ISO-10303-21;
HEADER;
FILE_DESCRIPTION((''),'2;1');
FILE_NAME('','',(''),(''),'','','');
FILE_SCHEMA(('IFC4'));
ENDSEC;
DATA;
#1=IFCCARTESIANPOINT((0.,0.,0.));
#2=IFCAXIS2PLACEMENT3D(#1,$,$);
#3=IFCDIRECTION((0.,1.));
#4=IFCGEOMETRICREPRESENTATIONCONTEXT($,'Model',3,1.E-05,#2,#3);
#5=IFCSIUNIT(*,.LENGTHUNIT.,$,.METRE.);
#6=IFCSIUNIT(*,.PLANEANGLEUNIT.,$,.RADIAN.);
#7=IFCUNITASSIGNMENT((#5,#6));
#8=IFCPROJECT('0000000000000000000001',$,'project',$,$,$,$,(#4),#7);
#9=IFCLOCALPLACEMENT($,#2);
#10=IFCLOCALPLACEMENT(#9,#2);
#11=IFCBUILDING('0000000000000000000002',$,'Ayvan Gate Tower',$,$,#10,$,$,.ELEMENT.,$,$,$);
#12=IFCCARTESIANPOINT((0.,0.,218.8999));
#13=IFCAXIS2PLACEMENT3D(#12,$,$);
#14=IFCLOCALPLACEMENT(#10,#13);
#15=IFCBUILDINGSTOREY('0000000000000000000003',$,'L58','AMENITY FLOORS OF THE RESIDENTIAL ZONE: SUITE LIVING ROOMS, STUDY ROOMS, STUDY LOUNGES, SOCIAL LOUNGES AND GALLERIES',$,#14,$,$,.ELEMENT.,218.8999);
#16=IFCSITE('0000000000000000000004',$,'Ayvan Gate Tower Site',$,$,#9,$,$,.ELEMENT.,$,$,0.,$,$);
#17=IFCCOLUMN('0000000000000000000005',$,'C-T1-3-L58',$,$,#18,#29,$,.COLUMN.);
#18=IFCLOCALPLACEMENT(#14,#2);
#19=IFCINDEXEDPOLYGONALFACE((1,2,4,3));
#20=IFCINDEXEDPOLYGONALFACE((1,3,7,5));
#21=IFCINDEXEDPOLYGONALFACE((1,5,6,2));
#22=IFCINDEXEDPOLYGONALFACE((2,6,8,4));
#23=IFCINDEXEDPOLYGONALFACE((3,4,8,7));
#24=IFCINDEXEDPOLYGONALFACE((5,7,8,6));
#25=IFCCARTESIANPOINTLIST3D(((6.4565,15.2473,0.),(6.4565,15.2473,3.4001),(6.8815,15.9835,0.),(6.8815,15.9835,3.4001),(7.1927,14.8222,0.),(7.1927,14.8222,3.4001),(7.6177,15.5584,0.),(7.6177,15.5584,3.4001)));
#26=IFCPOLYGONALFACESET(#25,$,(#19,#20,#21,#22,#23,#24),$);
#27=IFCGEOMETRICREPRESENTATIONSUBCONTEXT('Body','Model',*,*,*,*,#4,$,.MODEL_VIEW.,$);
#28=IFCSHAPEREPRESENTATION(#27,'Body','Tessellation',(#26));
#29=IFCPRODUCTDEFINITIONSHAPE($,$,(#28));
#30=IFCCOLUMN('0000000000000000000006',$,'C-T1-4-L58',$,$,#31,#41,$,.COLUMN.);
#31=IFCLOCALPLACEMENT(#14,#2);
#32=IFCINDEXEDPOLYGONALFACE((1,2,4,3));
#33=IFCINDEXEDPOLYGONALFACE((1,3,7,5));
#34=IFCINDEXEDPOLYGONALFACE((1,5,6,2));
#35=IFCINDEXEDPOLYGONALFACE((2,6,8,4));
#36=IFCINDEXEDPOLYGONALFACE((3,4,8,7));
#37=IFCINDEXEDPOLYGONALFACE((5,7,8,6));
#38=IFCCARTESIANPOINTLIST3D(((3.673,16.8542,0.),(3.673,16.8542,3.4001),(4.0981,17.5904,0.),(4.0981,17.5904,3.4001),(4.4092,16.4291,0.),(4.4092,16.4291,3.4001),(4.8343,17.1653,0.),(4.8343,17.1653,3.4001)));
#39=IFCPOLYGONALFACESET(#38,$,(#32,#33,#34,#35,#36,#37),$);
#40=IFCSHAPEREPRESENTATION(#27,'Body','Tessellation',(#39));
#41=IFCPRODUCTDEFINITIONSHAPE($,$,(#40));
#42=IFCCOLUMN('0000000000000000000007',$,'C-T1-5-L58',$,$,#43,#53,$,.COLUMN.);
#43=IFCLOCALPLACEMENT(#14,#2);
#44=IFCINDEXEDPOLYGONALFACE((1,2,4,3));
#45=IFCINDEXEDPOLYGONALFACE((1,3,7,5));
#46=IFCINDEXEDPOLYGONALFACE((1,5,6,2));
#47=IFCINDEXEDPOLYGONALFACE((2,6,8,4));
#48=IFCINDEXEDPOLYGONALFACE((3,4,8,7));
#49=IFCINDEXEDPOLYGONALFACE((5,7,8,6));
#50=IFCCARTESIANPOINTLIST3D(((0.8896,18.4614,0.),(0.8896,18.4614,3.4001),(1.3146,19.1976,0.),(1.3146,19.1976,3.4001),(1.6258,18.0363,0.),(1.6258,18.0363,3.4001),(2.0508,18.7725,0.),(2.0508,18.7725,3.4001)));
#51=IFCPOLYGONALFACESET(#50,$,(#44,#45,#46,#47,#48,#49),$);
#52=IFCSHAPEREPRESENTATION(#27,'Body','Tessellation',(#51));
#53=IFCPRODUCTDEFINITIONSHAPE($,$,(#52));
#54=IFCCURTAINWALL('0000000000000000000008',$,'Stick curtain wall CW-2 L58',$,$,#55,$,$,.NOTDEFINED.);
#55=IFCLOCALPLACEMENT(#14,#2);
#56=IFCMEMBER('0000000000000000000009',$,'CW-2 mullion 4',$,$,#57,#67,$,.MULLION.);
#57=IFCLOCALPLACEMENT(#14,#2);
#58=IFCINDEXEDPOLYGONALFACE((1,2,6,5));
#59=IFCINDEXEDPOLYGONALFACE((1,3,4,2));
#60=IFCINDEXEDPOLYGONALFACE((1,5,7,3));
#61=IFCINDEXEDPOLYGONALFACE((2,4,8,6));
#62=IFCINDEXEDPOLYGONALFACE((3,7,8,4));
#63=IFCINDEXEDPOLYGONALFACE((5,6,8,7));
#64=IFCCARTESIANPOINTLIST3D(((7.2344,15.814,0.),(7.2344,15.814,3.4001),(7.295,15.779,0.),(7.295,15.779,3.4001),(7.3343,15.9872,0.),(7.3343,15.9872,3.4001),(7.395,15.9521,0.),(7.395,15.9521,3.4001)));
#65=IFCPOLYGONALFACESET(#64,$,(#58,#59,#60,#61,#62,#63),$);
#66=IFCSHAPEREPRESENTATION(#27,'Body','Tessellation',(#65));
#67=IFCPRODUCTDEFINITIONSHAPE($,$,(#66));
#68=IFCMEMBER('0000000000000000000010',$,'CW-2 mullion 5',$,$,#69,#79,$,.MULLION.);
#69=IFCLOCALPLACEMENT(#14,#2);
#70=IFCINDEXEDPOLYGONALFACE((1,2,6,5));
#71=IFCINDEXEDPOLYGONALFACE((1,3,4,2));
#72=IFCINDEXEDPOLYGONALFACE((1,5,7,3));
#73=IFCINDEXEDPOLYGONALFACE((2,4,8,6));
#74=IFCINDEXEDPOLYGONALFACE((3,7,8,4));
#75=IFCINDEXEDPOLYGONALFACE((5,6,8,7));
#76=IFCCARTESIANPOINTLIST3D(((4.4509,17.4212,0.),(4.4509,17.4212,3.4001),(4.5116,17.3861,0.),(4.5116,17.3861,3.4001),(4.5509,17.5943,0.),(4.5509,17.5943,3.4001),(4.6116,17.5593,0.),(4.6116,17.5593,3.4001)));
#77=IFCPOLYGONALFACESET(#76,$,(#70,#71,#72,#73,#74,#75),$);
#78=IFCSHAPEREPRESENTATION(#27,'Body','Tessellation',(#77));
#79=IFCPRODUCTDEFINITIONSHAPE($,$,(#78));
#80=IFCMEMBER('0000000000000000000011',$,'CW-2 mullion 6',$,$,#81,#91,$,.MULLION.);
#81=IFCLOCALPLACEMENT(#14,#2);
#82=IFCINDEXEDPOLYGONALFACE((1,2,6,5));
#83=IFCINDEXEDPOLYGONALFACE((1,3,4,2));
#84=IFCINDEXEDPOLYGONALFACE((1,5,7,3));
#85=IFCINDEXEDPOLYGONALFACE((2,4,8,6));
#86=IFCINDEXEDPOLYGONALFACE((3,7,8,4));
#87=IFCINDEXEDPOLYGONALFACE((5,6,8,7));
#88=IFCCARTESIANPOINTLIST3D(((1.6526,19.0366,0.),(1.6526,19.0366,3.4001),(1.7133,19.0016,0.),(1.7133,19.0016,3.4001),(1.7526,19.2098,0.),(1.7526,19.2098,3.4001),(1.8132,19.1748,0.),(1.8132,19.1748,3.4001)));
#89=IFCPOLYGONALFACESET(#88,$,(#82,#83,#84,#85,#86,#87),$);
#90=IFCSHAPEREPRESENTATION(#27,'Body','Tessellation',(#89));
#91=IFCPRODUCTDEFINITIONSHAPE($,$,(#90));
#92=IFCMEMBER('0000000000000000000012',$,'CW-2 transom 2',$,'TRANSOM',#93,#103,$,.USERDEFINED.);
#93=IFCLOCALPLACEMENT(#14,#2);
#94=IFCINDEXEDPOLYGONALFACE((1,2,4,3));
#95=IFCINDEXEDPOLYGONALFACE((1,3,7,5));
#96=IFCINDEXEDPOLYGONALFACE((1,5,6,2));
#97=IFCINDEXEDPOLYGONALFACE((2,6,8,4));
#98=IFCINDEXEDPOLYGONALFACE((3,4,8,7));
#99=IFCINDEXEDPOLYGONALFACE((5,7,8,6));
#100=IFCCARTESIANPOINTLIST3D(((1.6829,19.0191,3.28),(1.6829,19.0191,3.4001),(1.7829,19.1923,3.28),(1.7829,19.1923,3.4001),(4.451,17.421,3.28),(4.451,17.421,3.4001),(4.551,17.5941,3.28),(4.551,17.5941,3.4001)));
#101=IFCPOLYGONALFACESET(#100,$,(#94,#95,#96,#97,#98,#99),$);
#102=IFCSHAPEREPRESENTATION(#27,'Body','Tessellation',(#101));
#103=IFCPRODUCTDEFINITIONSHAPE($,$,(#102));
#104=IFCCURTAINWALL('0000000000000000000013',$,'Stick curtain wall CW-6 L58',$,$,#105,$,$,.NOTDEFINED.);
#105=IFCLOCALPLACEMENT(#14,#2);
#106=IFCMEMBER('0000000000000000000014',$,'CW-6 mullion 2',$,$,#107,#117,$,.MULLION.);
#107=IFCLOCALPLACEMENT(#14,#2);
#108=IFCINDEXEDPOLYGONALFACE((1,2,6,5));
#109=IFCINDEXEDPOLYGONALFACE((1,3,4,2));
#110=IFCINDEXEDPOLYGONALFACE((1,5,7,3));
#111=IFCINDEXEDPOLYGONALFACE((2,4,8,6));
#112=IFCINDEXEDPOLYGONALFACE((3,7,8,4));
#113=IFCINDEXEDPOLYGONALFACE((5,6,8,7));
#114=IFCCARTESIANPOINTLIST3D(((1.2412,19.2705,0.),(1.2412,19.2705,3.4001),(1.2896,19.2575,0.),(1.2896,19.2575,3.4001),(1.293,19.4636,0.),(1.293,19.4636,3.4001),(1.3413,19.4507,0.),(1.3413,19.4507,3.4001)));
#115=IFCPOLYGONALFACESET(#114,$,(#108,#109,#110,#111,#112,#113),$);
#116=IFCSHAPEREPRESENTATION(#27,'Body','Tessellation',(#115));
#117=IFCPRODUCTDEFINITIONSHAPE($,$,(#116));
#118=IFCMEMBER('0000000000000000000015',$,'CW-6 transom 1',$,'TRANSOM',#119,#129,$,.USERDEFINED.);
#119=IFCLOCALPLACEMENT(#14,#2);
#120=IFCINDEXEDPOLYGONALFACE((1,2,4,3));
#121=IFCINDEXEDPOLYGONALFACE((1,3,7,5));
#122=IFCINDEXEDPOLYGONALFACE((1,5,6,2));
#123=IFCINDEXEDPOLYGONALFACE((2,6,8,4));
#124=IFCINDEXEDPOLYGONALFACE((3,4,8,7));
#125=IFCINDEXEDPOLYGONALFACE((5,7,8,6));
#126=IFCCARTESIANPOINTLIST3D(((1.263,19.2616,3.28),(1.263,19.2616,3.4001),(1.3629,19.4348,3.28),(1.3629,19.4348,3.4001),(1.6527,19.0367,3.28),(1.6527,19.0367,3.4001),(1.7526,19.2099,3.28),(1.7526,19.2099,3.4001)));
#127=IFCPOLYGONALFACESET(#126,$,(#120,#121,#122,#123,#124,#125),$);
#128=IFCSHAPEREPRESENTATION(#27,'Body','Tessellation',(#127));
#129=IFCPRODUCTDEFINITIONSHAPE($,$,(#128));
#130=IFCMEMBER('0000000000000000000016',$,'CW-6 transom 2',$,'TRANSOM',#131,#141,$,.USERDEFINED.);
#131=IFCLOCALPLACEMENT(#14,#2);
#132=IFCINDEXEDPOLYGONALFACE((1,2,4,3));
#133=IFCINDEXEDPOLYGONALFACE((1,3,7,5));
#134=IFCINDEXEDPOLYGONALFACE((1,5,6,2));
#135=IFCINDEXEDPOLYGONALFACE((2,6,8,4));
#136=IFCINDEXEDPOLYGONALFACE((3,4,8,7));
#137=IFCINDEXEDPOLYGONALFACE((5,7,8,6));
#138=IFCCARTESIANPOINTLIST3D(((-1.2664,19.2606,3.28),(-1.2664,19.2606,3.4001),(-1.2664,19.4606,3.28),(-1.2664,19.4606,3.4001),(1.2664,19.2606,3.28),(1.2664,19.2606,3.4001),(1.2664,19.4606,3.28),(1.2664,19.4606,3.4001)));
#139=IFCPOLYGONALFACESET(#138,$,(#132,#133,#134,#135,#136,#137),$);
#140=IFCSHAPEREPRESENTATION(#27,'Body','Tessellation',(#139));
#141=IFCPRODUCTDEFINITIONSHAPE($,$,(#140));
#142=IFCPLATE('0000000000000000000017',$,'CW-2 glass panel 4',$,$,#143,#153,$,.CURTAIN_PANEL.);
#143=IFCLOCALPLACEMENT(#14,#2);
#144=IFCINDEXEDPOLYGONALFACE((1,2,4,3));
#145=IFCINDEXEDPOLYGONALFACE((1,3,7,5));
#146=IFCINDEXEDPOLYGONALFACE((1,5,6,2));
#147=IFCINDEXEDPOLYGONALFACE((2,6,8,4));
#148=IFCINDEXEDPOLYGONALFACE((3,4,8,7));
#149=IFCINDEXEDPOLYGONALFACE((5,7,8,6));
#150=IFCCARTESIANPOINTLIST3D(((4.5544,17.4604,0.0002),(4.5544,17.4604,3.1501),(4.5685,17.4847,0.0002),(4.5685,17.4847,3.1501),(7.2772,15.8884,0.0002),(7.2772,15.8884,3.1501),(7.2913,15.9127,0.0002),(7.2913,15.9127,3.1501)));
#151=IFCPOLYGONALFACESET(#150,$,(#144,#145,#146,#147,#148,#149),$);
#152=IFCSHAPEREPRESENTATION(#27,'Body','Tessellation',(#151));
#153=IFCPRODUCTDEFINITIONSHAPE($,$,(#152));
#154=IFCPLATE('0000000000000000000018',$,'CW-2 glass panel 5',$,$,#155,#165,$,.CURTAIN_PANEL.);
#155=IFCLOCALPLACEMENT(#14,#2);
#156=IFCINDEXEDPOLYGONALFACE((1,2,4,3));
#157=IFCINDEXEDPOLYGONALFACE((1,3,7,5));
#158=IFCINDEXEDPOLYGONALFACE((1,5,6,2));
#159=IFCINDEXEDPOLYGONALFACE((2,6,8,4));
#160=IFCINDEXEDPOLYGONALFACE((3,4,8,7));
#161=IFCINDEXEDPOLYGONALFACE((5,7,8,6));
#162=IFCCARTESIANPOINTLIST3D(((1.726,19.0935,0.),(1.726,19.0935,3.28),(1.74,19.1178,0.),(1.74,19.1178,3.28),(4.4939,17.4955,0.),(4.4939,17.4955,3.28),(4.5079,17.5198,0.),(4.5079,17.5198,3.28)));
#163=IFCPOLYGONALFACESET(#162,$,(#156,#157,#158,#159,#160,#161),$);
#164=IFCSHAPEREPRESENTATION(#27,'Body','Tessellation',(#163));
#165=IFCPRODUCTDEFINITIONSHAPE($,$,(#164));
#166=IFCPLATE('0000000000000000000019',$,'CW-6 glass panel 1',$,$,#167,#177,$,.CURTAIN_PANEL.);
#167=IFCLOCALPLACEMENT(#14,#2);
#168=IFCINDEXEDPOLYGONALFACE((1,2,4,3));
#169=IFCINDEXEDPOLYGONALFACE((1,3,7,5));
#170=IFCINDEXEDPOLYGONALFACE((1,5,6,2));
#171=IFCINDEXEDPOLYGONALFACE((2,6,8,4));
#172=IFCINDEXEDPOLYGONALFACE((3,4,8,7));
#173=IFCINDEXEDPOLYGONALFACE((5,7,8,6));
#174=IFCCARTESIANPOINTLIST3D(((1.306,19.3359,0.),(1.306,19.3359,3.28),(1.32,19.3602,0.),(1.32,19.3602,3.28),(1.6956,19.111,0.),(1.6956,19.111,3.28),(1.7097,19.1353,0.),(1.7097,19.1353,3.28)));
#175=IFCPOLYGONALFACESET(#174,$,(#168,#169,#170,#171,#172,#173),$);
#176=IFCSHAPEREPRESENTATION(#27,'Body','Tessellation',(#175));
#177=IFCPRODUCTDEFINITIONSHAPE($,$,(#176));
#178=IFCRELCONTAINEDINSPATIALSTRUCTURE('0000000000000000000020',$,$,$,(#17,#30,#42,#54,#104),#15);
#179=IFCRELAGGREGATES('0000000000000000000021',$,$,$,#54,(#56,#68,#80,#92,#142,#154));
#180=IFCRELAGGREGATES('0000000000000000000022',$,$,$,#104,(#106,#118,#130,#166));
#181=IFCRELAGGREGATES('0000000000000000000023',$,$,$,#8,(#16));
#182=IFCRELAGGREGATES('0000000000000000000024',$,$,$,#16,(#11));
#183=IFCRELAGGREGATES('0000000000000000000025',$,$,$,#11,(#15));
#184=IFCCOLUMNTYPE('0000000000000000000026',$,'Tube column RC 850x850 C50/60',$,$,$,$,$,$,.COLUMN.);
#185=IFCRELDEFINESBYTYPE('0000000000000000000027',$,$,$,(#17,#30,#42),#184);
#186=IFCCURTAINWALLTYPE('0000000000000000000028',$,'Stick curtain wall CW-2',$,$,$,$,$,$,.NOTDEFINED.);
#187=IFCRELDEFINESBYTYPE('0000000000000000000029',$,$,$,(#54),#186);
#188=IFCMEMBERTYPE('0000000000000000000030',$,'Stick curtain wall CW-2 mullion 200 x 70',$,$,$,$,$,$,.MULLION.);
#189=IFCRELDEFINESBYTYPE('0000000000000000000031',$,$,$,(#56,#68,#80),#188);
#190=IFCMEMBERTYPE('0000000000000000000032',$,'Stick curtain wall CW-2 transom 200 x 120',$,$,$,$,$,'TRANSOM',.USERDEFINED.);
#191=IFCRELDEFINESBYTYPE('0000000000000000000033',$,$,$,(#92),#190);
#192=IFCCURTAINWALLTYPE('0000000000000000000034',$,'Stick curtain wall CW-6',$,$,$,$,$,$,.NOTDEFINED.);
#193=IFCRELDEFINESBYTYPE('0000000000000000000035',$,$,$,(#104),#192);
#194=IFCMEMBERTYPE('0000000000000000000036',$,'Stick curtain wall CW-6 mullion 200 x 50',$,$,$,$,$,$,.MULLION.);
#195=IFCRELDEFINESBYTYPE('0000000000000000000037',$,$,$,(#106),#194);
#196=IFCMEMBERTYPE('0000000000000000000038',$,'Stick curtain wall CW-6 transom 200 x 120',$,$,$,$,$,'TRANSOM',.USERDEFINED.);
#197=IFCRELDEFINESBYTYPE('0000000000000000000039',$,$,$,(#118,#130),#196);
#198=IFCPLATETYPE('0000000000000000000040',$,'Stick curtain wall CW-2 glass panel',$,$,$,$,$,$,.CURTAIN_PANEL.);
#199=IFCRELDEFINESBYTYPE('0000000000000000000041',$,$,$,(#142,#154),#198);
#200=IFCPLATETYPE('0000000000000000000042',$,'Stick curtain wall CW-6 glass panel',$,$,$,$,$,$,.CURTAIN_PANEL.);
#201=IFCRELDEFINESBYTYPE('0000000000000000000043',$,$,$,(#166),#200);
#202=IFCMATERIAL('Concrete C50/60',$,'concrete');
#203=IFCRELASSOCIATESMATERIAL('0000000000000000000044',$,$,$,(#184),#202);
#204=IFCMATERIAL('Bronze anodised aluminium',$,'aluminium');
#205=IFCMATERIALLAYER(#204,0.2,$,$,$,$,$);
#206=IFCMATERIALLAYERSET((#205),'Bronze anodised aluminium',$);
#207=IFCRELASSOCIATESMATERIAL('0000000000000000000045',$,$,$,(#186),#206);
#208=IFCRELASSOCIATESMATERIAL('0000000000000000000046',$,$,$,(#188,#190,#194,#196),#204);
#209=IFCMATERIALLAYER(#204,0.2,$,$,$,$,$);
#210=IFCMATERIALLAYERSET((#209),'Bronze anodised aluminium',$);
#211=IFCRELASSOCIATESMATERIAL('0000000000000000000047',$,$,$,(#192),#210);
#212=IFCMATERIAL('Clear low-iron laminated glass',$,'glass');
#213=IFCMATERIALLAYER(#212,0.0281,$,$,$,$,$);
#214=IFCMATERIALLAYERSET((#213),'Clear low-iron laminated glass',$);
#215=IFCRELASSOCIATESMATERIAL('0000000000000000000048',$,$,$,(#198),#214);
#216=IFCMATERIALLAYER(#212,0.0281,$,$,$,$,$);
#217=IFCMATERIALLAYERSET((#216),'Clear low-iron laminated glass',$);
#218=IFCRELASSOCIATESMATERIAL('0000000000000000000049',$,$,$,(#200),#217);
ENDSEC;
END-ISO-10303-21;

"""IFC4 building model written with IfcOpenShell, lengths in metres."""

from ifc_helpers import new_model, si_unit, direction, frame, origin, origin_2d, place, context, subcontext, project, spatial, rectangle, extrude, material, layer, layer_set, material_profile, profile_set, type_object, element, aggregate, save


model = new_model("IFC4")

# Units and contexts
model_context = context("Model", 3, precision=1e-05, world=origin(), true_north=direction((0.0, 1.0)))
body_context = subcontext(model_context, "Body", "Model", "MODEL_VIEW")
ifc_project = project(units=[si_unit("LENGTHUNIT", "METRE"), si_unit("PLANEANGLEUNIT", "RADIAN")], contexts=[model_context])

# Site, building, storey
site_placement = place(None, origin())
site = spatial("IfcSite", under=ifc_project, at=site_placement, Name="Ayvan Gate Tower Site", CompositionType="ELEMENT", RefElevation=0.0)
building_placement = place(site_placement, origin())
building = spatial("IfcBuilding", under=site, at=building_placement, Name="Ayvan Gate Tower", CompositionType="ELEMENT")
storey_placement = place(building_placement, frame((0.0, 0.0, 218.8999)))
storey = spatial("IfcBuildingStorey", under=building, at=storey_placement, Name="L58", Description="AMENITY FLOORS OF THE RESIDENTIAL ZONE: SUITE LIVING ROOMS, STUDY ROOMS, STUDY LOUNGES, SOCIAL LOUNGES AND GALLERIES", CompositionType="ELEMENT", Elevation=218.8999)

# Columns
ifc_material_1 = material(Name="Concrete C50/60", Category="concrete")
ifc_material_profile_1 = material_profile(ifc_material_1, rectangle(XDim=0.8501, YDim=0.8501, at=origin_2d()), Name="RC 850x850")
ifc_profile_set_1 = profile_set([ifc_material_profile_1], Name="Concrete C50/60")
column_type = type_object("IfcColumnType", Name="Tube column RC 850x850 C50/60", PredefinedType="COLUMN", material=ifc_profile_set_1)
for number, where, z_axis, x_axis, name in (
    (1, (7.0371, 15.4028, 0.0), (0.0, 0.0, 1.0), (0.5, 0.866025, 0.0), "C-T1-3-L58"),
    (2, (4.2537, 17.0098, 0.0), (0.0, 0.0, 1.0), (0.5, 0.866025, 0.0), "C-T1-4-L58"),
    (3, (1.4702, 18.6169, 0.0), (0.0, 0.0, 1.0), (0.5, 0.866025, 0.0), "C-T1-5-L58"),
):
    element("IfcColumn", number, at=place(storey_placement, frame(where, z_axis=z_axis, x_axis=x_axis)), inside=storey, type_object=column_type, Name=name, PredefinedType="COLUMN", context=body_context, shape_type="SweptSolid", body=[
        extrude(rectangle(XDim=0.8501, YDim=0.8501, at=origin_2d()), origin(), (0.0, 0.0, 1.0), 3.4001),
    ])

# Curtain walls, members
ifc_material_2 = material(Name="Bronze anodised aluminium", Category="aluminium")
ifc_layer_1 = layer(ifc_material_2, 0.2)
ifc_layer_set_1 = layer_set([ifc_layer_1], Name="Bronze anodised aluminium")
curtain_wall_type_1 = type_object("IfcCurtainWallType", Name="Stick curtain wall CW-2", PredefinedType="NOTDEFINED", material=ifc_layer_set_1)
curtain_wall_1_placement = place(storey_placement, origin())
curtain_wall_1 = element("IfcCurtainWall", 4, at=curtain_wall_1_placement, inside=storey, type_object=curtain_wall_type_1, Name="Stick curtain wall CW-2 L58", PredefinedType="NOTDEFINED")
ifc_material_profile_2 = material_profile(ifc_material_2, rectangle(XDim=0.2, YDim=0.0701, at=origin_2d()), Name="Stick curtain wall CW-2 mullion 200 x 70")
ifc_profile_set_2 = profile_set([ifc_material_profile_2], Name="Bronze anodised aluminium")
member_type_1 = type_object("IfcMemberType", Name="Stick curtain wall CW-2 mullion 200 x 70", PredefinedType="MULLION", material=ifc_profile_set_2)
member_1_placement = place(storey_placement, frame((7.3147, 15.8831, 0.0), z_axis=(0.0, 0.0, 1.0), x_axis=(0.5, 0.866025, 0.0)))
member_1 = element("IfcMember", 5, at=member_1_placement, type_object=member_type_1, Name="CW-2 mullion 4", PredefinedType="MULLION", context=body_context, shape_type="SweptSolid", body=[
    extrude(rectangle(XDim=0.2, YDim=0.0701, at=origin_2d()), origin(), (0.0, 0.0, 1.0), 3.4001),
])
member_2_placement = place(storey_placement, frame((4.5312, 17.4902, 0.0), z_axis=(0.0, 0.0, 1.0), x_axis=(0.5, 0.866025, 0.0)))
member_2 = element("IfcMember", 6, at=member_2_placement, type_object=member_type_1, Name="CW-2 mullion 5", PredefinedType="MULLION", context=body_context, shape_type="SweptSolid", body=[
    extrude(rectangle(XDim=0.2, YDim=0.0701, at=origin_2d()), origin(), (0.0, 0.0, 1.0), 3.4001),
])
member_3_placement = place(storey_placement, frame((1.7329, 19.1057, 0.0), z_axis=(0.0, 0.0, 1.0), x_axis=(0.5, 0.866025, 0.0)))
member_3 = element("IfcMember", 7, at=member_3_placement, type_object=member_type_1, Name="CW-2 mullion 6", PredefinedType="MULLION", context=body_context, shape_type="SweptSolid", body=[
    extrude(rectangle(XDim=0.2, YDim=0.0701, at=origin_2d()), origin(), (0.0, 0.0, 1.0), 3.4001),
])
ifc_material_profile_3 = material_profile(ifc_material_2, rectangle(XDim=0.2, YDim=0.1201, at=origin_2d()), Name="Stick curtain wall CW-2 transom 200 x 120")
ifc_profile_set_3 = profile_set([ifc_material_profile_3], Name="Bronze anodised aluminium")
member_type_2 = type_object("IfcMemberType", Name="Stick curtain wall CW-2 transom 200 x 120", ElementType="TRANSOM", PredefinedType="USERDEFINED", material=ifc_profile_set_3)
member_4_placement = place(storey_placement, frame((4.501, 17.5076, 3.3401), z_axis=(-0.866025, 0.5, 0.0), x_axis=(-0.5, -0.866025, 0.0)))
member_4 = element("IfcMember", 8, at=member_4_placement, type_object=member_type_2, Name="CW-2 transom 2", ObjectType="TRANSOM", PredefinedType="USERDEFINED", context=body_context, shape_type="SweptSolid", body=[
    extrude(rectangle(XDim=0.2, YDim=0.1201, at=origin_2d()), origin(), (0.0, 0.0, 1.0), 3.1963),
])
ifc_layer_2 = layer(ifc_material_2, 0.2)
ifc_layer_set_2 = layer_set([ifc_layer_2], Name="Bronze anodised aluminium")
curtain_wall_type_2 = type_object("IfcCurtainWallType", Name="Stick curtain wall CW-6", PredefinedType="NOTDEFINED", material=ifc_layer_set_2)
curtain_wall_2_placement = place(storey_placement, origin())
curtain_wall_2 = element("IfcCurtainWall", 9, at=curtain_wall_2_placement, inside=storey, type_object=curtain_wall_type_2, Name="Stick curtain wall CW-6 L58", PredefinedType="NOTDEFINED")
ifc_material_profile_4 = material_profile(ifc_material_2, rectangle(XDim=0.2, YDim=0.05, at=origin_2d()), Name="Stick curtain wall CW-6 mullion 200 x 50")
ifc_profile_set_4 = profile_set([ifc_material_profile_4], Name="Bronze anodised aluminium")
member_type_3 = type_object("IfcMemberType", Name="Stick curtain wall CW-6 mullion 200 x 50", PredefinedType="MULLION", material=ifc_profile_set_4)
member_5_placement = place(storey_placement, frame((1.2913, 19.3606, 0.0), z_axis=(0.0, 0.0, 1.0), x_axis=(0.258819, 0.965926, 0.0)))
member_5 = element("IfcMember", 10, at=member_5_placement, type_object=member_type_3, Name="CW-6 mullion 2", PredefinedType="MULLION", context=body_context, shape_type="SweptSolid", body=[
    extrude(rectangle(XDim=0.2, YDim=0.05, at=origin_2d()), origin(), (0.0, 0.0, 1.0), 3.4001),
])
ifc_material_profile_5 = material_profile(ifc_material_2, rectangle(XDim=0.2, YDim=0.1201, at=origin_2d()), Name="Stick curtain wall CW-6 transom 200 x 120")
ifc_profile_set_5 = profile_set([ifc_material_profile_5], Name="Bronze anodised aluminium")
member_type_4 = type_object("IfcMemberType", Name="Stick curtain wall CW-6 transom 200 x 120", ElementType="TRANSOM", PredefinedType="USERDEFINED", material=ifc_profile_set_5)
member_6_placement = place(storey_placement, frame((1.7026, 19.1233, 3.3401), z_axis=(-0.866131, 0.499816, 0.0), x_axis=(-0.499816, -0.866131, 0.0)))
member_6 = element("IfcMember", 11, at=member_6_placement, type_object=member_type_4, Name="CW-6 transom 1", ObjectType="TRANSOM", PredefinedType="USERDEFINED", context=body_context, shape_type="SweptSolid", body=[
    extrude(rectangle(XDim=0.2, YDim=0.1201, at=origin_2d()), origin(), (0.0, 0.0, 1.0), 0.45),
])
member_7_placement = place(storey_placement, frame((1.2664, 19.3606, 3.3401), z_axis=(-1.0, 0.0, 0.0), x_axis=(0.0, -1.0, 0.0)))
member_7 = element("IfcMember", 12, at=member_7_placement, type_object=member_type_4, Name="CW-6 transom 2", ObjectType="TRANSOM", PredefinedType="USERDEFINED", context=body_context, shape_type="SweptSolid", body=[
    extrude(rectangle(XDim=0.2, YDim=0.1201, at=origin_2d()), origin(), (0.0, 0.0, 1.0), 2.5327),
])

# Plates
ifc_material_3 = material(Name="Clear low-iron laminated glass", Category="glass")
ifc_layer_3 = layer(ifc_material_3, 0.0281)
ifc_layer_set_3 = layer_set([ifc_layer_3], Name="Clear low-iron laminated glass")
plate_type_1 = type_object("IfcPlateType", Name="Stick curtain wall CW-2 glass panel", PredefinedType="CURTAIN_PANEL", material=ifc_layer_set_3)
plate_1_placement = place(storey_placement, frame((5.9229, 16.6865, 0.0002), z_axis=(0.0, 0.0, 1.0), x_axis=(-0.866025, 0.5, 0.0)))
plate_1 = element("IfcPlate", 13, at=plate_1_placement, type_object=plate_type_1, Name="CW-2 glass panel 4", PredefinedType="CURTAIN_PANEL", context=body_context, shape_type="SweptSolid", body=[
    extrude(rectangle(XDim=3.144, YDim=0.0281, at=origin_2d()), origin(), (0.0, 0.0, 1.0), 3.1499),
])
plate_2_placement = place(storey_placement, frame((3.1169, 18.3066, 0.0), z_axis=(0.0, 0.0, 1.0), x_axis=(-0.866025, 0.5, 0.0)))
plate_2 = element("IfcPlate", 14, at=plate_2_placement, type_object=plate_type_1, Name="CW-2 glass panel 5", PredefinedType="CURTAIN_PANEL", context=body_context, shape_type="SweptSolid", body=[
    extrude(rectangle(XDim=3.196, YDim=0.0281, at=origin_2d()), origin(), (0.0, 0.0, 1.0), 3.28),
])
aggregate(curtain_wall_1, [member_1, member_2, member_3, member_4, plate_1, plate_2])
ifc_layer_4 = layer(ifc_material_3, 0.0281)
ifc_layer_set_4 = layer_set([ifc_layer_4], Name="Clear low-iron laminated glass")
plate_type_2 = type_object("IfcPlateType", Name="Stick curtain wall CW-6 glass panel", PredefinedType="CURTAIN_PANEL", material=ifc_layer_set_4)
plate_3_placement = place(storey_placement, frame((1.5078, 19.2356, 0.0), z_axis=(0.0, 0.0, 1.0), x_axis=(-0.866025, 0.5, 0.0)))
plate_3 = element("IfcPlate", 15, at=plate_3_placement, type_object=plate_type_2, Name="CW-6 glass panel 1", PredefinedType="CURTAIN_PANEL", context=body_context, shape_type="SweptSolid", body=[
    extrude(rectangle(XDim=0.45, YDim=0.0281, at=origin_2d()), origin(), (0.0, 0.0, 1.0), 3.28),
])
aggregate(curtain_wall_2, [member_5, member_6, member_7, plate_3])

save(model, "model.ifc")
